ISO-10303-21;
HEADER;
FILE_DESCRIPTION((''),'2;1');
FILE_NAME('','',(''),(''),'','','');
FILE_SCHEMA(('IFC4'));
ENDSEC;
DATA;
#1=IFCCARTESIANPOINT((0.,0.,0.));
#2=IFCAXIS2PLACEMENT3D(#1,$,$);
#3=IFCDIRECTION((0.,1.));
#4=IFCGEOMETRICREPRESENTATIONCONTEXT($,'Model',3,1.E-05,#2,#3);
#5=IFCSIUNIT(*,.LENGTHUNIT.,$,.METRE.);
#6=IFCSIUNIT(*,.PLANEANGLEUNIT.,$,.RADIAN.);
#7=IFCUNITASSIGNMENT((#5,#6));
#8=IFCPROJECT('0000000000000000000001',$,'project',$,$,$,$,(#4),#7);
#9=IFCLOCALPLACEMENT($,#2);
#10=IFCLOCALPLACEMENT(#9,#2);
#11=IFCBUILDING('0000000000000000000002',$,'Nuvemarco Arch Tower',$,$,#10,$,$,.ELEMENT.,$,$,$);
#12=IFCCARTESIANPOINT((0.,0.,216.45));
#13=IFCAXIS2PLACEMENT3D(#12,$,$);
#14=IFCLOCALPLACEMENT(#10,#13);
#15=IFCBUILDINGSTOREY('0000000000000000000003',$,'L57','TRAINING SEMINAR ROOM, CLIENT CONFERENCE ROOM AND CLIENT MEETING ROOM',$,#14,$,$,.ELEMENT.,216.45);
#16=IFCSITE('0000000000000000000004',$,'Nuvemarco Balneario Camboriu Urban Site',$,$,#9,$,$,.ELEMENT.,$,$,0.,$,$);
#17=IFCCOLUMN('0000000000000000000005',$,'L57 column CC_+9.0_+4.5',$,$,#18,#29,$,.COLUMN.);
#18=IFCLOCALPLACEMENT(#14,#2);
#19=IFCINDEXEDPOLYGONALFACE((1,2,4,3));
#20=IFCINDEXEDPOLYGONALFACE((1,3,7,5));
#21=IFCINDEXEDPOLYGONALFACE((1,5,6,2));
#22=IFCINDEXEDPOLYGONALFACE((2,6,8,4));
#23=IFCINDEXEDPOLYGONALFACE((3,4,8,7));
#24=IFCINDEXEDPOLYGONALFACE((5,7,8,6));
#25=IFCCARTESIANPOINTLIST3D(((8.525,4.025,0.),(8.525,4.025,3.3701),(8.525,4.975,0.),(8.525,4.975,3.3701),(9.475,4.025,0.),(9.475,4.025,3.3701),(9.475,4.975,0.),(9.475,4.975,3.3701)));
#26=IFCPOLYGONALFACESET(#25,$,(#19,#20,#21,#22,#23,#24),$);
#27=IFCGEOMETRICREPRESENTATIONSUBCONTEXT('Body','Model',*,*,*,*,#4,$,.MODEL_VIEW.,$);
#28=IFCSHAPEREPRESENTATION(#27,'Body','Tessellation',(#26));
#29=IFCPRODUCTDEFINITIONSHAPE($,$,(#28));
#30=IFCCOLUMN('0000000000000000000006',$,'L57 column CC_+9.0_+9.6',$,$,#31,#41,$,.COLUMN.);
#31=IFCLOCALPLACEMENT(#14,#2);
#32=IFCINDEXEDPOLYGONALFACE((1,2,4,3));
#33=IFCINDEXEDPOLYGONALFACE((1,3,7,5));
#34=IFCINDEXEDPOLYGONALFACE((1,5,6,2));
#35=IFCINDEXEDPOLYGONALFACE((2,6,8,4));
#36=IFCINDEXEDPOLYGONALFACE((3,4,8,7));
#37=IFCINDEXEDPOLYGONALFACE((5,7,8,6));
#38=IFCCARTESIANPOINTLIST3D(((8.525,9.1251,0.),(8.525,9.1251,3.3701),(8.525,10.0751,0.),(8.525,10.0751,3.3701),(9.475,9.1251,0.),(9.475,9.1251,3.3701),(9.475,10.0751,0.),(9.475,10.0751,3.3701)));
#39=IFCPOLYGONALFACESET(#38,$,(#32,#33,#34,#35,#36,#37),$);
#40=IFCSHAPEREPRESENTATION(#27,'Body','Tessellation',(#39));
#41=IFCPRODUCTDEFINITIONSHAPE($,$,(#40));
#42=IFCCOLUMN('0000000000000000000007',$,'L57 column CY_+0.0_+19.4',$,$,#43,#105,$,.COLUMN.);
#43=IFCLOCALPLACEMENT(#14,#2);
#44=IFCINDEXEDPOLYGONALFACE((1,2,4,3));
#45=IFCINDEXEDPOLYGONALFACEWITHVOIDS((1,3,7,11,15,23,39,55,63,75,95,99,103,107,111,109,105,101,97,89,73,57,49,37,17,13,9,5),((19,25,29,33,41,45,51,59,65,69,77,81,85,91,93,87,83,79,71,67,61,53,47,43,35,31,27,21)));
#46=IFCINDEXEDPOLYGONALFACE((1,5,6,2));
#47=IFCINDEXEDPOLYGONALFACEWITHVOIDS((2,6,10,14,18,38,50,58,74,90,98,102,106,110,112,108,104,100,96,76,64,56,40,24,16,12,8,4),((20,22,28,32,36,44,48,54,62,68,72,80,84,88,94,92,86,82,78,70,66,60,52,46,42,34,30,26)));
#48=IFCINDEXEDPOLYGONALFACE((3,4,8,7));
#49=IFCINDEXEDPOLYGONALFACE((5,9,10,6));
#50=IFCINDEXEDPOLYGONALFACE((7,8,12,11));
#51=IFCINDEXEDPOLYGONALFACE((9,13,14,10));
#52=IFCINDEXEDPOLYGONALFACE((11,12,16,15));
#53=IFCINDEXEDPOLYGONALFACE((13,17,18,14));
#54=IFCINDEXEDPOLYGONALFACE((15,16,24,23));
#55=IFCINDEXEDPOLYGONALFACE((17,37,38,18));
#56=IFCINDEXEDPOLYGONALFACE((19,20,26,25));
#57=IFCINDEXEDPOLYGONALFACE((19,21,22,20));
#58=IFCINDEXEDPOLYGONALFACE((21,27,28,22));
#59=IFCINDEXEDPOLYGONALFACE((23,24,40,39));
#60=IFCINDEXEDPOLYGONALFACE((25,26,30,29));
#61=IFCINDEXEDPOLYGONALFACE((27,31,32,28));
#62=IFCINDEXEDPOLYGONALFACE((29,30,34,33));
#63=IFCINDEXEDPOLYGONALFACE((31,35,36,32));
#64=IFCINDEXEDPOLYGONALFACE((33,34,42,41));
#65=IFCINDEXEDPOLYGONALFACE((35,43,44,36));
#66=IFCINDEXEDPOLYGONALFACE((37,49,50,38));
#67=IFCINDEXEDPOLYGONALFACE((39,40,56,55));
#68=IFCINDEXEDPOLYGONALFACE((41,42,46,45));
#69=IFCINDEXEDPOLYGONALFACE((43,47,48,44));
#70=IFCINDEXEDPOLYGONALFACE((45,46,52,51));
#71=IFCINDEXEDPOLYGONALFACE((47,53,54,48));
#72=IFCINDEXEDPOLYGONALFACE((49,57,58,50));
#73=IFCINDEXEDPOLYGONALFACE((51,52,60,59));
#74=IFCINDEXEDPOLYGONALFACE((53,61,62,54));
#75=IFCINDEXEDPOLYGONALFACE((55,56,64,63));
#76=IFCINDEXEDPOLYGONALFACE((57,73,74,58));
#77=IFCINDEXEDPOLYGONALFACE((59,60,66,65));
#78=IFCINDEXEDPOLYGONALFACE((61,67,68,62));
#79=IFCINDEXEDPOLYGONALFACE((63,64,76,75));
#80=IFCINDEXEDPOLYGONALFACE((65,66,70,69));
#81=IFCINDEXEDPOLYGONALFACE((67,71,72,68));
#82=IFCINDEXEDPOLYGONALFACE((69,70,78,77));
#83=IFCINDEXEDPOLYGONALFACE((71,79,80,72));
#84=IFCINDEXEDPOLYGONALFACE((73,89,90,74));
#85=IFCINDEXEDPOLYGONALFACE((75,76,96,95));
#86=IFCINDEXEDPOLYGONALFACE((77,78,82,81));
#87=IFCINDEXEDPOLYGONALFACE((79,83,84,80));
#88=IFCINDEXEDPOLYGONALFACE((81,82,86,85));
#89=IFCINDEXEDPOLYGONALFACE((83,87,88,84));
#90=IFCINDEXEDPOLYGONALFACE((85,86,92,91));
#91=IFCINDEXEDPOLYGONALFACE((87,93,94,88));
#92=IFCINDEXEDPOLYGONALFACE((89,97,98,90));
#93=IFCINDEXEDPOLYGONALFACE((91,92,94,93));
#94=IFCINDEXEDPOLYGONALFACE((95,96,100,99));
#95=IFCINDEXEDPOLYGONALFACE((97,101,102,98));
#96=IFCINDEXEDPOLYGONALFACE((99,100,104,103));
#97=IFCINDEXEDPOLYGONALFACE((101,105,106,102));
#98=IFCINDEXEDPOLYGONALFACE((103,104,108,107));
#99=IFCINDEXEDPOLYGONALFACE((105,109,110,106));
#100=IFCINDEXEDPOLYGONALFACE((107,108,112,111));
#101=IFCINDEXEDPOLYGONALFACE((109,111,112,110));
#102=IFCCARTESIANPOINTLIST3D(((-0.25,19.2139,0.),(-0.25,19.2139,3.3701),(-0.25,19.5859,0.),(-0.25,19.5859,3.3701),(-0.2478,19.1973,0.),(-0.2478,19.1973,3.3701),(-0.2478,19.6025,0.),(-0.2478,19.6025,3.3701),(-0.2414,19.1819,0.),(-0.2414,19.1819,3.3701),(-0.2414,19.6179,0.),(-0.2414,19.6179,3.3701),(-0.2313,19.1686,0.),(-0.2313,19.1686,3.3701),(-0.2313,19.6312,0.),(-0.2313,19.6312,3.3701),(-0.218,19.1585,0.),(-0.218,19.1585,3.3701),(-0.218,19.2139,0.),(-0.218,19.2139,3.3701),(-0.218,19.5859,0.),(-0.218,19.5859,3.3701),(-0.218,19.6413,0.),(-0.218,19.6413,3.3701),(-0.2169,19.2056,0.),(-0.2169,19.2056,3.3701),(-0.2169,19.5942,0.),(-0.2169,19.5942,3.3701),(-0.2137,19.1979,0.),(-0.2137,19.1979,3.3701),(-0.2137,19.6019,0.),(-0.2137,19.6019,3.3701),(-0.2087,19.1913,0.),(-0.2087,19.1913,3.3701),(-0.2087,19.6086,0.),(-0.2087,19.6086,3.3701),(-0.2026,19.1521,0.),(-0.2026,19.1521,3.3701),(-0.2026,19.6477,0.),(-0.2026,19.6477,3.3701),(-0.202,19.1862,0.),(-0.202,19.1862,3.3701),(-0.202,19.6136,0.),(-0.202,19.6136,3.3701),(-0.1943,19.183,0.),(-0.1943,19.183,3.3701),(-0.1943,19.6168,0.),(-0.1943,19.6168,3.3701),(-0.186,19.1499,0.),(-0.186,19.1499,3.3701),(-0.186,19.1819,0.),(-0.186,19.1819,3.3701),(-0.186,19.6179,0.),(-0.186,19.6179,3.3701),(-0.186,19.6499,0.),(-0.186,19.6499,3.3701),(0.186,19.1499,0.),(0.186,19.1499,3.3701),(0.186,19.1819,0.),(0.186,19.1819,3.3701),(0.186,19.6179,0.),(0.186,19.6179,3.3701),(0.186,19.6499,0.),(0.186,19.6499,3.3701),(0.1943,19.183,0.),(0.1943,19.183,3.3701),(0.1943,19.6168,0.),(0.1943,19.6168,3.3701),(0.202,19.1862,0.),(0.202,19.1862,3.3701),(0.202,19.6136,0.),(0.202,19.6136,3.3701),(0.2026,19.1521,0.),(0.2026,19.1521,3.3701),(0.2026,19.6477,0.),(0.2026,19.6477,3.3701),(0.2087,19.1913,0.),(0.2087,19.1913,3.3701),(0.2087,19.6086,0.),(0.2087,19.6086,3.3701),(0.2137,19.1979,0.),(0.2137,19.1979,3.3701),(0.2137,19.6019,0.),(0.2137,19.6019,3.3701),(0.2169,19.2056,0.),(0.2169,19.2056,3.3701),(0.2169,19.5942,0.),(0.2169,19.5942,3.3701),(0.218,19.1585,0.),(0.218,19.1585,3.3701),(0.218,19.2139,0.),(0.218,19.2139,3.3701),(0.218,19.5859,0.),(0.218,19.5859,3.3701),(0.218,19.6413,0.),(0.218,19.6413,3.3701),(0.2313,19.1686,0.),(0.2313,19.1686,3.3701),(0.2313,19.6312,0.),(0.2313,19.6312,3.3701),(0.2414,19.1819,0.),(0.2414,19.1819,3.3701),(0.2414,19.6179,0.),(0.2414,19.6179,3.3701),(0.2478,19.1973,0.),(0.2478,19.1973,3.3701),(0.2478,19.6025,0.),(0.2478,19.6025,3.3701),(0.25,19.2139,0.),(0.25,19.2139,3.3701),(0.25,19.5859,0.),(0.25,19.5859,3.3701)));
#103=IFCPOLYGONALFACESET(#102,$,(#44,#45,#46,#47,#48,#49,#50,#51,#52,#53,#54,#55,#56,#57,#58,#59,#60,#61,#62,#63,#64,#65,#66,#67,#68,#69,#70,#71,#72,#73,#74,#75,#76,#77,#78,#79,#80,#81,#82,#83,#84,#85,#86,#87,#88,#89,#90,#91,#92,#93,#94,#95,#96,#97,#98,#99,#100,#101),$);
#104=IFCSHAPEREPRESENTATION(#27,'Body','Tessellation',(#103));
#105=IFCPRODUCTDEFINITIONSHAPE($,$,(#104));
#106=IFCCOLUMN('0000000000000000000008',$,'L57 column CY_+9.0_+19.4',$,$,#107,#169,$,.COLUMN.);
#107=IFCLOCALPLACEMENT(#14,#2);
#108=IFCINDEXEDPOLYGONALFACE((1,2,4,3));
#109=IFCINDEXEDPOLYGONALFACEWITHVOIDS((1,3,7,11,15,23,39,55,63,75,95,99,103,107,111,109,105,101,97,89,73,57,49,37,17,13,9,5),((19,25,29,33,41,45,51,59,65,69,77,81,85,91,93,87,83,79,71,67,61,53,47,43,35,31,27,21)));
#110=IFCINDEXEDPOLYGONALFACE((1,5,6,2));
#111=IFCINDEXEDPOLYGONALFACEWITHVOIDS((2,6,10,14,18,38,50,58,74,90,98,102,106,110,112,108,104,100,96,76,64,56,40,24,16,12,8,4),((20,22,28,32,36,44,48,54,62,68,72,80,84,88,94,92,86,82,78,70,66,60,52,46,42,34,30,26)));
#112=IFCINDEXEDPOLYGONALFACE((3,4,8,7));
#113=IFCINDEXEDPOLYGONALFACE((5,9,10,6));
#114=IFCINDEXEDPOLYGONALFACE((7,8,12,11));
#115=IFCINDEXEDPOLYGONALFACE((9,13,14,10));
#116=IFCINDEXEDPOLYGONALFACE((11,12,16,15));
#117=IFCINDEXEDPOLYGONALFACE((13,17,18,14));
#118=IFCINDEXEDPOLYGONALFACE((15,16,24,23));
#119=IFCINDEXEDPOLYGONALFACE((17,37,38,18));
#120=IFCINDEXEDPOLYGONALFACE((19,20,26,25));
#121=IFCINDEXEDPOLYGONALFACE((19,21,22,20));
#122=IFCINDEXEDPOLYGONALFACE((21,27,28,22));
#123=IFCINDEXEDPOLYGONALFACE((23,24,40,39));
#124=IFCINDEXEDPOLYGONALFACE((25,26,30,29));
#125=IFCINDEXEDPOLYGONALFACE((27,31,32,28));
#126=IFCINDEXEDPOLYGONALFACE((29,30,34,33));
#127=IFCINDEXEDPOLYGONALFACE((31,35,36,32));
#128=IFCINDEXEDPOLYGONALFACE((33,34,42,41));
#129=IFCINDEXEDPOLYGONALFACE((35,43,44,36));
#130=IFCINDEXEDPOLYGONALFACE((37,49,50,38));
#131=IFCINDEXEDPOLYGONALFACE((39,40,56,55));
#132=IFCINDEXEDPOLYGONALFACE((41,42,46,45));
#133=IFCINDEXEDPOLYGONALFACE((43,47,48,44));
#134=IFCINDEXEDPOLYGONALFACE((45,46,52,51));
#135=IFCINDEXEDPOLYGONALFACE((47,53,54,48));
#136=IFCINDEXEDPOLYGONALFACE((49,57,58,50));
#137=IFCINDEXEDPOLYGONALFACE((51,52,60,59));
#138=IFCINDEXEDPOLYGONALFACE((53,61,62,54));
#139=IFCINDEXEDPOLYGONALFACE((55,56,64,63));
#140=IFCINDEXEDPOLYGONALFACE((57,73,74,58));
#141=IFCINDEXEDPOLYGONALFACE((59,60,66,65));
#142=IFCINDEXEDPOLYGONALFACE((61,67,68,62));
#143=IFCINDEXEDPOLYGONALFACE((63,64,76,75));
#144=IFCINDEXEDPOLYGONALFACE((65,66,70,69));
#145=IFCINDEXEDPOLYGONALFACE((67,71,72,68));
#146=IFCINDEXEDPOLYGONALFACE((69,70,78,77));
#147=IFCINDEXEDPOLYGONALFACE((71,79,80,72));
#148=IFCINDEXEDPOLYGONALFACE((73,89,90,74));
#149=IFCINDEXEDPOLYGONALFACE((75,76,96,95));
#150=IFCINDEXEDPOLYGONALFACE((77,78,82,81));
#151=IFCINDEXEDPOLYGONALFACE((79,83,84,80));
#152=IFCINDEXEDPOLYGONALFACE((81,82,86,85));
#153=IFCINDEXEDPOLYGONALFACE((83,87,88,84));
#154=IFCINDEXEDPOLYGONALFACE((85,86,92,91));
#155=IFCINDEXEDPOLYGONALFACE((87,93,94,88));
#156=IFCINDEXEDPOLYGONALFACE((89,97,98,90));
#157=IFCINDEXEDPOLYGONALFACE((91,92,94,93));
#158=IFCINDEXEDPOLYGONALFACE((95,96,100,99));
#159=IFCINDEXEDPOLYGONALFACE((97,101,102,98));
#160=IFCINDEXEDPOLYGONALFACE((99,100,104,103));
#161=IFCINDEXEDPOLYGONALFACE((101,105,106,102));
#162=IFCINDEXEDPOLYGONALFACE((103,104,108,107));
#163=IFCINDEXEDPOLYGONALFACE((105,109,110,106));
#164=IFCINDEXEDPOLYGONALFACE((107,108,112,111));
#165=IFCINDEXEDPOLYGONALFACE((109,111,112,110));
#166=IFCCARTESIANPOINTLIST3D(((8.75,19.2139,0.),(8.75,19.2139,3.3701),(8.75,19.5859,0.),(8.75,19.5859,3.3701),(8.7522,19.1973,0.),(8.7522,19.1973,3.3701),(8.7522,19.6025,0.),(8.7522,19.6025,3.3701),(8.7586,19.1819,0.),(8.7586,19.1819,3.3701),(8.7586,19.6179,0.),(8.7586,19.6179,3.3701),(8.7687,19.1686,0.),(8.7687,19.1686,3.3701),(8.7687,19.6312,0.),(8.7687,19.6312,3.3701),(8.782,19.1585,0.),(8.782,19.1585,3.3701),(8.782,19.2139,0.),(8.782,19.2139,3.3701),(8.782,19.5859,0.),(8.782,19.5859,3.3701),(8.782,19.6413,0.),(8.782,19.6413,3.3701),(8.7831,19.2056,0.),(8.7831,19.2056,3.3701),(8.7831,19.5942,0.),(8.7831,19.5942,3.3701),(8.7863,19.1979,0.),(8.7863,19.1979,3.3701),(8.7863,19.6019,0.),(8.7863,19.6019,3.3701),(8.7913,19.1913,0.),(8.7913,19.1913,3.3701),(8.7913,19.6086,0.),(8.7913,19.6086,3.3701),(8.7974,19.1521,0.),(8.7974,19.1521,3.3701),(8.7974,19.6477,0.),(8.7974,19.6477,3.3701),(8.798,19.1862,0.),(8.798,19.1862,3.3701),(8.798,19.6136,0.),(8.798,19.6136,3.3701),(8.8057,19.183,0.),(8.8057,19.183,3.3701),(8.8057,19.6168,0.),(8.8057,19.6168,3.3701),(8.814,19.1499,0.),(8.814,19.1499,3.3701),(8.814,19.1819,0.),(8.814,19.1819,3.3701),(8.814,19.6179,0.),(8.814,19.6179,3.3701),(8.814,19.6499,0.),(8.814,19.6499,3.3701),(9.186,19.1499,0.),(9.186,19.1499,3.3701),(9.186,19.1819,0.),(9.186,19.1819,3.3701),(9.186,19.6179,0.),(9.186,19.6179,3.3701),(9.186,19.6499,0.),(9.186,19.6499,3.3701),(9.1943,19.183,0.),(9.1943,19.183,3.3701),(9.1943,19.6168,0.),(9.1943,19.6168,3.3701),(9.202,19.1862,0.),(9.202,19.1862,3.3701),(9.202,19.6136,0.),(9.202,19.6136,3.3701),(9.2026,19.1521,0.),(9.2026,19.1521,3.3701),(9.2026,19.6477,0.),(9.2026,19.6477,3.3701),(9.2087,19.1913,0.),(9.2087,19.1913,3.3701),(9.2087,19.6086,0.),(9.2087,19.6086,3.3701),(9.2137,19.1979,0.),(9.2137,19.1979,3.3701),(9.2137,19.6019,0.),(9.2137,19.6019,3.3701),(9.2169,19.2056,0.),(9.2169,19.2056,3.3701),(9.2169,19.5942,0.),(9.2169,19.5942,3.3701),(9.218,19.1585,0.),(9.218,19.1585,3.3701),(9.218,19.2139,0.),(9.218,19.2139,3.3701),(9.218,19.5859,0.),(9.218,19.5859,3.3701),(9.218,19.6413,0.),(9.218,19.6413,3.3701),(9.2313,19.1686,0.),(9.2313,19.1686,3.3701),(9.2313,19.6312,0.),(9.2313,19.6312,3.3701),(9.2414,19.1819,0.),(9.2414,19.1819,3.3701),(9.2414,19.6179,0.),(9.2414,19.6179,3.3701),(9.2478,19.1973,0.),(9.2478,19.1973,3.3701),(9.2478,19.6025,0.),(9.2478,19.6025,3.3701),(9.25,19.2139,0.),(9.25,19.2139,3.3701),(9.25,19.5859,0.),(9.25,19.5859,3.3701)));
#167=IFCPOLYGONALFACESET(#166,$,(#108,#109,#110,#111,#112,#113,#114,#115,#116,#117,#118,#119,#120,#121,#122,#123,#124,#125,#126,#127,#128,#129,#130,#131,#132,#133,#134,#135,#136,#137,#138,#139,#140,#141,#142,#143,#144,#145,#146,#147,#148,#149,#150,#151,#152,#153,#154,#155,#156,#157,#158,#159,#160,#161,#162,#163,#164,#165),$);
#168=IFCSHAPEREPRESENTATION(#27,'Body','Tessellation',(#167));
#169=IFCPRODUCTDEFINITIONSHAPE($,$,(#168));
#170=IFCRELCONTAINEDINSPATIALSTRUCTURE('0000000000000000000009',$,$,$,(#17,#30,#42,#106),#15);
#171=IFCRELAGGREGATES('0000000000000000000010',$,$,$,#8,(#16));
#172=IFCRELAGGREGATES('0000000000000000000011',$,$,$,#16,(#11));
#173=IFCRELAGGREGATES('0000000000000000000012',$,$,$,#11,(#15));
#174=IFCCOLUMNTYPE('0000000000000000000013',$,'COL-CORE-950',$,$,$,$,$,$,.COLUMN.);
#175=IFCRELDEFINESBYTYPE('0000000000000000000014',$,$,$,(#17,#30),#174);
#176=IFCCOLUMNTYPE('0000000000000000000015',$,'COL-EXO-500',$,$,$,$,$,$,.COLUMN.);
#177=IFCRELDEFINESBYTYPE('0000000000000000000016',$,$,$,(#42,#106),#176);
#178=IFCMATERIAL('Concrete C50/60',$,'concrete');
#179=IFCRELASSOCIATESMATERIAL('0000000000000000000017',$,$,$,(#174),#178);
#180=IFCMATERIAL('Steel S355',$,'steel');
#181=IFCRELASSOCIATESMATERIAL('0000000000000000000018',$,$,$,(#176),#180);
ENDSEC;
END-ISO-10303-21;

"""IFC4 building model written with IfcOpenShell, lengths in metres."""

from ifc_helpers import new_model, si_unit, direction, frame, origin, origin_2d, place, context, subcontext, project, spatial, rectangle, hollow_rectangle, extrude, material, material_profile, profile_set, type_object, element, save


model = new_model("IFC4")

# Units and contexts
model_context = context("Model", 3, precision=1e-05, world=origin(), true_north=direction((0.0, 1.0)))
body_context = subcontext(model_context, "Body", "Model", "MODEL_VIEW")
ifc_project = project(units=[si_unit("LENGTHUNIT", "METRE"), si_unit("PLANEANGLEUNIT", "RADIAN")], contexts=[model_context])

# Site, building, storey
site_placement = place(None, origin())
site = spatial("IfcSite", under=ifc_project, at=site_placement, Name="Nuvemarco Balneario Camboriu Urban Site", CompositionType="ELEMENT", RefElevation=0.0)
building_placement = place(site_placement, origin())
building = spatial("IfcBuilding", under=site, at=building_placement, Name="Nuvemarco Arch Tower", CompositionType="ELEMENT")
storey_placement = place(building_placement, frame((0.0, 0.0, 216.45)))
storey = spatial("IfcBuildingStorey", under=building, at=storey_placement, Name="L57", Description="TRAINING SEMINAR ROOM, CLIENT CONFERENCE ROOM AND CLIENT MEETING ROOM", CompositionType="ELEMENT", Elevation=216.45)

# Columns
ifc_material_1 = material(Name="Concrete C50/60", Category="concrete")
ifc_material_profile_1 = material_profile(ifc_material_1, rectangle(XDim=0.95, YDim=0.95, at=origin_2d()), Name="RC-COL-950x950")
ifc_profile_set_1 = profile_set([ifc_material_profile_1], Name="Concrete C50/60")
column_type_1 = type_object("IfcColumnType", Name="COL-CORE-950", PredefinedType="COLUMN", material=ifc_profile_set_1)
for number, where, z_axis, x_axis, name in (
    (1, (9.0, 4.5, 0.0), (0.0, 0.0, 1.0), (1.0, 0.0, 0.0), "L57 column CC_+9.0_+4.5"),
    (2, (9.0, 9.6001, 0.0), (0.0, 0.0, 1.0), (1.0, 0.0, 0.0), "L57 column CC_+9.0_+9.6"),
):
    element("IfcColumn", number, at=place(storey_placement, frame(where, z_axis=z_axis, x_axis=x_axis)), inside=storey, type_object=column_type_1, Name=name, PredefinedType="COLUMN", context=body_context, shape_type="SweptSolid", body=[
        extrude(rectangle(XDim=0.95, YDim=0.95, at=origin_2d()), origin(), (0.0, 0.0, 1.0), 3.3701),
    ])
ifc_material_2 = material(Name="Steel S355", Category="steel")
ifc_material_profile_2 = material_profile(ifc_material_2, hollow_rectangle(XDim=0.5, YDim=0.5, WallThickness=0.032, InnerFilletRadius=0.032, OuterFilletRadius=0.064, at=origin_2d()), Name="SHS500x500x32")
ifc_profile_set_2 = profile_set([ifc_material_profile_2], Name="Steel S355")
column_type_2 = type_object("IfcColumnType", Name="COL-EXO-500", PredefinedType="COLUMN", material=ifc_profile_set_2)
for number, where, z_axis, x_axis, name in (
    (3, (0.0, 19.3999, 0.0), (0.0, 0.0, 1.0), (1.0, 0.0, 0.0), "L57 column CY_+0.0_+19.4"),
    (4, (9.0, 19.3999, 0.0), (0.0, 0.0, 1.0), (1.0, 0.0, 0.0), "L57 column CY_+9.0_+19.4"),
):
    element("IfcColumn", number, at=place(storey_placement, frame(where, z_axis=z_axis, x_axis=x_axis)), inside=storey, type_object=column_type_2, Name=name, PredefinedType="COLUMN", context=body_context, shape_type="SweptSolid", body=[
        extrude(hollow_rectangle(XDim=0.5, YDim=0.5, WallThickness=0.032, InnerFilletRadius=0.032, OuterFilletRadius=0.064, at=origin_2d()), origin(), (0.0, 0.0, 1.0), 3.3701),
    ])

save(model, "model.ifc")
